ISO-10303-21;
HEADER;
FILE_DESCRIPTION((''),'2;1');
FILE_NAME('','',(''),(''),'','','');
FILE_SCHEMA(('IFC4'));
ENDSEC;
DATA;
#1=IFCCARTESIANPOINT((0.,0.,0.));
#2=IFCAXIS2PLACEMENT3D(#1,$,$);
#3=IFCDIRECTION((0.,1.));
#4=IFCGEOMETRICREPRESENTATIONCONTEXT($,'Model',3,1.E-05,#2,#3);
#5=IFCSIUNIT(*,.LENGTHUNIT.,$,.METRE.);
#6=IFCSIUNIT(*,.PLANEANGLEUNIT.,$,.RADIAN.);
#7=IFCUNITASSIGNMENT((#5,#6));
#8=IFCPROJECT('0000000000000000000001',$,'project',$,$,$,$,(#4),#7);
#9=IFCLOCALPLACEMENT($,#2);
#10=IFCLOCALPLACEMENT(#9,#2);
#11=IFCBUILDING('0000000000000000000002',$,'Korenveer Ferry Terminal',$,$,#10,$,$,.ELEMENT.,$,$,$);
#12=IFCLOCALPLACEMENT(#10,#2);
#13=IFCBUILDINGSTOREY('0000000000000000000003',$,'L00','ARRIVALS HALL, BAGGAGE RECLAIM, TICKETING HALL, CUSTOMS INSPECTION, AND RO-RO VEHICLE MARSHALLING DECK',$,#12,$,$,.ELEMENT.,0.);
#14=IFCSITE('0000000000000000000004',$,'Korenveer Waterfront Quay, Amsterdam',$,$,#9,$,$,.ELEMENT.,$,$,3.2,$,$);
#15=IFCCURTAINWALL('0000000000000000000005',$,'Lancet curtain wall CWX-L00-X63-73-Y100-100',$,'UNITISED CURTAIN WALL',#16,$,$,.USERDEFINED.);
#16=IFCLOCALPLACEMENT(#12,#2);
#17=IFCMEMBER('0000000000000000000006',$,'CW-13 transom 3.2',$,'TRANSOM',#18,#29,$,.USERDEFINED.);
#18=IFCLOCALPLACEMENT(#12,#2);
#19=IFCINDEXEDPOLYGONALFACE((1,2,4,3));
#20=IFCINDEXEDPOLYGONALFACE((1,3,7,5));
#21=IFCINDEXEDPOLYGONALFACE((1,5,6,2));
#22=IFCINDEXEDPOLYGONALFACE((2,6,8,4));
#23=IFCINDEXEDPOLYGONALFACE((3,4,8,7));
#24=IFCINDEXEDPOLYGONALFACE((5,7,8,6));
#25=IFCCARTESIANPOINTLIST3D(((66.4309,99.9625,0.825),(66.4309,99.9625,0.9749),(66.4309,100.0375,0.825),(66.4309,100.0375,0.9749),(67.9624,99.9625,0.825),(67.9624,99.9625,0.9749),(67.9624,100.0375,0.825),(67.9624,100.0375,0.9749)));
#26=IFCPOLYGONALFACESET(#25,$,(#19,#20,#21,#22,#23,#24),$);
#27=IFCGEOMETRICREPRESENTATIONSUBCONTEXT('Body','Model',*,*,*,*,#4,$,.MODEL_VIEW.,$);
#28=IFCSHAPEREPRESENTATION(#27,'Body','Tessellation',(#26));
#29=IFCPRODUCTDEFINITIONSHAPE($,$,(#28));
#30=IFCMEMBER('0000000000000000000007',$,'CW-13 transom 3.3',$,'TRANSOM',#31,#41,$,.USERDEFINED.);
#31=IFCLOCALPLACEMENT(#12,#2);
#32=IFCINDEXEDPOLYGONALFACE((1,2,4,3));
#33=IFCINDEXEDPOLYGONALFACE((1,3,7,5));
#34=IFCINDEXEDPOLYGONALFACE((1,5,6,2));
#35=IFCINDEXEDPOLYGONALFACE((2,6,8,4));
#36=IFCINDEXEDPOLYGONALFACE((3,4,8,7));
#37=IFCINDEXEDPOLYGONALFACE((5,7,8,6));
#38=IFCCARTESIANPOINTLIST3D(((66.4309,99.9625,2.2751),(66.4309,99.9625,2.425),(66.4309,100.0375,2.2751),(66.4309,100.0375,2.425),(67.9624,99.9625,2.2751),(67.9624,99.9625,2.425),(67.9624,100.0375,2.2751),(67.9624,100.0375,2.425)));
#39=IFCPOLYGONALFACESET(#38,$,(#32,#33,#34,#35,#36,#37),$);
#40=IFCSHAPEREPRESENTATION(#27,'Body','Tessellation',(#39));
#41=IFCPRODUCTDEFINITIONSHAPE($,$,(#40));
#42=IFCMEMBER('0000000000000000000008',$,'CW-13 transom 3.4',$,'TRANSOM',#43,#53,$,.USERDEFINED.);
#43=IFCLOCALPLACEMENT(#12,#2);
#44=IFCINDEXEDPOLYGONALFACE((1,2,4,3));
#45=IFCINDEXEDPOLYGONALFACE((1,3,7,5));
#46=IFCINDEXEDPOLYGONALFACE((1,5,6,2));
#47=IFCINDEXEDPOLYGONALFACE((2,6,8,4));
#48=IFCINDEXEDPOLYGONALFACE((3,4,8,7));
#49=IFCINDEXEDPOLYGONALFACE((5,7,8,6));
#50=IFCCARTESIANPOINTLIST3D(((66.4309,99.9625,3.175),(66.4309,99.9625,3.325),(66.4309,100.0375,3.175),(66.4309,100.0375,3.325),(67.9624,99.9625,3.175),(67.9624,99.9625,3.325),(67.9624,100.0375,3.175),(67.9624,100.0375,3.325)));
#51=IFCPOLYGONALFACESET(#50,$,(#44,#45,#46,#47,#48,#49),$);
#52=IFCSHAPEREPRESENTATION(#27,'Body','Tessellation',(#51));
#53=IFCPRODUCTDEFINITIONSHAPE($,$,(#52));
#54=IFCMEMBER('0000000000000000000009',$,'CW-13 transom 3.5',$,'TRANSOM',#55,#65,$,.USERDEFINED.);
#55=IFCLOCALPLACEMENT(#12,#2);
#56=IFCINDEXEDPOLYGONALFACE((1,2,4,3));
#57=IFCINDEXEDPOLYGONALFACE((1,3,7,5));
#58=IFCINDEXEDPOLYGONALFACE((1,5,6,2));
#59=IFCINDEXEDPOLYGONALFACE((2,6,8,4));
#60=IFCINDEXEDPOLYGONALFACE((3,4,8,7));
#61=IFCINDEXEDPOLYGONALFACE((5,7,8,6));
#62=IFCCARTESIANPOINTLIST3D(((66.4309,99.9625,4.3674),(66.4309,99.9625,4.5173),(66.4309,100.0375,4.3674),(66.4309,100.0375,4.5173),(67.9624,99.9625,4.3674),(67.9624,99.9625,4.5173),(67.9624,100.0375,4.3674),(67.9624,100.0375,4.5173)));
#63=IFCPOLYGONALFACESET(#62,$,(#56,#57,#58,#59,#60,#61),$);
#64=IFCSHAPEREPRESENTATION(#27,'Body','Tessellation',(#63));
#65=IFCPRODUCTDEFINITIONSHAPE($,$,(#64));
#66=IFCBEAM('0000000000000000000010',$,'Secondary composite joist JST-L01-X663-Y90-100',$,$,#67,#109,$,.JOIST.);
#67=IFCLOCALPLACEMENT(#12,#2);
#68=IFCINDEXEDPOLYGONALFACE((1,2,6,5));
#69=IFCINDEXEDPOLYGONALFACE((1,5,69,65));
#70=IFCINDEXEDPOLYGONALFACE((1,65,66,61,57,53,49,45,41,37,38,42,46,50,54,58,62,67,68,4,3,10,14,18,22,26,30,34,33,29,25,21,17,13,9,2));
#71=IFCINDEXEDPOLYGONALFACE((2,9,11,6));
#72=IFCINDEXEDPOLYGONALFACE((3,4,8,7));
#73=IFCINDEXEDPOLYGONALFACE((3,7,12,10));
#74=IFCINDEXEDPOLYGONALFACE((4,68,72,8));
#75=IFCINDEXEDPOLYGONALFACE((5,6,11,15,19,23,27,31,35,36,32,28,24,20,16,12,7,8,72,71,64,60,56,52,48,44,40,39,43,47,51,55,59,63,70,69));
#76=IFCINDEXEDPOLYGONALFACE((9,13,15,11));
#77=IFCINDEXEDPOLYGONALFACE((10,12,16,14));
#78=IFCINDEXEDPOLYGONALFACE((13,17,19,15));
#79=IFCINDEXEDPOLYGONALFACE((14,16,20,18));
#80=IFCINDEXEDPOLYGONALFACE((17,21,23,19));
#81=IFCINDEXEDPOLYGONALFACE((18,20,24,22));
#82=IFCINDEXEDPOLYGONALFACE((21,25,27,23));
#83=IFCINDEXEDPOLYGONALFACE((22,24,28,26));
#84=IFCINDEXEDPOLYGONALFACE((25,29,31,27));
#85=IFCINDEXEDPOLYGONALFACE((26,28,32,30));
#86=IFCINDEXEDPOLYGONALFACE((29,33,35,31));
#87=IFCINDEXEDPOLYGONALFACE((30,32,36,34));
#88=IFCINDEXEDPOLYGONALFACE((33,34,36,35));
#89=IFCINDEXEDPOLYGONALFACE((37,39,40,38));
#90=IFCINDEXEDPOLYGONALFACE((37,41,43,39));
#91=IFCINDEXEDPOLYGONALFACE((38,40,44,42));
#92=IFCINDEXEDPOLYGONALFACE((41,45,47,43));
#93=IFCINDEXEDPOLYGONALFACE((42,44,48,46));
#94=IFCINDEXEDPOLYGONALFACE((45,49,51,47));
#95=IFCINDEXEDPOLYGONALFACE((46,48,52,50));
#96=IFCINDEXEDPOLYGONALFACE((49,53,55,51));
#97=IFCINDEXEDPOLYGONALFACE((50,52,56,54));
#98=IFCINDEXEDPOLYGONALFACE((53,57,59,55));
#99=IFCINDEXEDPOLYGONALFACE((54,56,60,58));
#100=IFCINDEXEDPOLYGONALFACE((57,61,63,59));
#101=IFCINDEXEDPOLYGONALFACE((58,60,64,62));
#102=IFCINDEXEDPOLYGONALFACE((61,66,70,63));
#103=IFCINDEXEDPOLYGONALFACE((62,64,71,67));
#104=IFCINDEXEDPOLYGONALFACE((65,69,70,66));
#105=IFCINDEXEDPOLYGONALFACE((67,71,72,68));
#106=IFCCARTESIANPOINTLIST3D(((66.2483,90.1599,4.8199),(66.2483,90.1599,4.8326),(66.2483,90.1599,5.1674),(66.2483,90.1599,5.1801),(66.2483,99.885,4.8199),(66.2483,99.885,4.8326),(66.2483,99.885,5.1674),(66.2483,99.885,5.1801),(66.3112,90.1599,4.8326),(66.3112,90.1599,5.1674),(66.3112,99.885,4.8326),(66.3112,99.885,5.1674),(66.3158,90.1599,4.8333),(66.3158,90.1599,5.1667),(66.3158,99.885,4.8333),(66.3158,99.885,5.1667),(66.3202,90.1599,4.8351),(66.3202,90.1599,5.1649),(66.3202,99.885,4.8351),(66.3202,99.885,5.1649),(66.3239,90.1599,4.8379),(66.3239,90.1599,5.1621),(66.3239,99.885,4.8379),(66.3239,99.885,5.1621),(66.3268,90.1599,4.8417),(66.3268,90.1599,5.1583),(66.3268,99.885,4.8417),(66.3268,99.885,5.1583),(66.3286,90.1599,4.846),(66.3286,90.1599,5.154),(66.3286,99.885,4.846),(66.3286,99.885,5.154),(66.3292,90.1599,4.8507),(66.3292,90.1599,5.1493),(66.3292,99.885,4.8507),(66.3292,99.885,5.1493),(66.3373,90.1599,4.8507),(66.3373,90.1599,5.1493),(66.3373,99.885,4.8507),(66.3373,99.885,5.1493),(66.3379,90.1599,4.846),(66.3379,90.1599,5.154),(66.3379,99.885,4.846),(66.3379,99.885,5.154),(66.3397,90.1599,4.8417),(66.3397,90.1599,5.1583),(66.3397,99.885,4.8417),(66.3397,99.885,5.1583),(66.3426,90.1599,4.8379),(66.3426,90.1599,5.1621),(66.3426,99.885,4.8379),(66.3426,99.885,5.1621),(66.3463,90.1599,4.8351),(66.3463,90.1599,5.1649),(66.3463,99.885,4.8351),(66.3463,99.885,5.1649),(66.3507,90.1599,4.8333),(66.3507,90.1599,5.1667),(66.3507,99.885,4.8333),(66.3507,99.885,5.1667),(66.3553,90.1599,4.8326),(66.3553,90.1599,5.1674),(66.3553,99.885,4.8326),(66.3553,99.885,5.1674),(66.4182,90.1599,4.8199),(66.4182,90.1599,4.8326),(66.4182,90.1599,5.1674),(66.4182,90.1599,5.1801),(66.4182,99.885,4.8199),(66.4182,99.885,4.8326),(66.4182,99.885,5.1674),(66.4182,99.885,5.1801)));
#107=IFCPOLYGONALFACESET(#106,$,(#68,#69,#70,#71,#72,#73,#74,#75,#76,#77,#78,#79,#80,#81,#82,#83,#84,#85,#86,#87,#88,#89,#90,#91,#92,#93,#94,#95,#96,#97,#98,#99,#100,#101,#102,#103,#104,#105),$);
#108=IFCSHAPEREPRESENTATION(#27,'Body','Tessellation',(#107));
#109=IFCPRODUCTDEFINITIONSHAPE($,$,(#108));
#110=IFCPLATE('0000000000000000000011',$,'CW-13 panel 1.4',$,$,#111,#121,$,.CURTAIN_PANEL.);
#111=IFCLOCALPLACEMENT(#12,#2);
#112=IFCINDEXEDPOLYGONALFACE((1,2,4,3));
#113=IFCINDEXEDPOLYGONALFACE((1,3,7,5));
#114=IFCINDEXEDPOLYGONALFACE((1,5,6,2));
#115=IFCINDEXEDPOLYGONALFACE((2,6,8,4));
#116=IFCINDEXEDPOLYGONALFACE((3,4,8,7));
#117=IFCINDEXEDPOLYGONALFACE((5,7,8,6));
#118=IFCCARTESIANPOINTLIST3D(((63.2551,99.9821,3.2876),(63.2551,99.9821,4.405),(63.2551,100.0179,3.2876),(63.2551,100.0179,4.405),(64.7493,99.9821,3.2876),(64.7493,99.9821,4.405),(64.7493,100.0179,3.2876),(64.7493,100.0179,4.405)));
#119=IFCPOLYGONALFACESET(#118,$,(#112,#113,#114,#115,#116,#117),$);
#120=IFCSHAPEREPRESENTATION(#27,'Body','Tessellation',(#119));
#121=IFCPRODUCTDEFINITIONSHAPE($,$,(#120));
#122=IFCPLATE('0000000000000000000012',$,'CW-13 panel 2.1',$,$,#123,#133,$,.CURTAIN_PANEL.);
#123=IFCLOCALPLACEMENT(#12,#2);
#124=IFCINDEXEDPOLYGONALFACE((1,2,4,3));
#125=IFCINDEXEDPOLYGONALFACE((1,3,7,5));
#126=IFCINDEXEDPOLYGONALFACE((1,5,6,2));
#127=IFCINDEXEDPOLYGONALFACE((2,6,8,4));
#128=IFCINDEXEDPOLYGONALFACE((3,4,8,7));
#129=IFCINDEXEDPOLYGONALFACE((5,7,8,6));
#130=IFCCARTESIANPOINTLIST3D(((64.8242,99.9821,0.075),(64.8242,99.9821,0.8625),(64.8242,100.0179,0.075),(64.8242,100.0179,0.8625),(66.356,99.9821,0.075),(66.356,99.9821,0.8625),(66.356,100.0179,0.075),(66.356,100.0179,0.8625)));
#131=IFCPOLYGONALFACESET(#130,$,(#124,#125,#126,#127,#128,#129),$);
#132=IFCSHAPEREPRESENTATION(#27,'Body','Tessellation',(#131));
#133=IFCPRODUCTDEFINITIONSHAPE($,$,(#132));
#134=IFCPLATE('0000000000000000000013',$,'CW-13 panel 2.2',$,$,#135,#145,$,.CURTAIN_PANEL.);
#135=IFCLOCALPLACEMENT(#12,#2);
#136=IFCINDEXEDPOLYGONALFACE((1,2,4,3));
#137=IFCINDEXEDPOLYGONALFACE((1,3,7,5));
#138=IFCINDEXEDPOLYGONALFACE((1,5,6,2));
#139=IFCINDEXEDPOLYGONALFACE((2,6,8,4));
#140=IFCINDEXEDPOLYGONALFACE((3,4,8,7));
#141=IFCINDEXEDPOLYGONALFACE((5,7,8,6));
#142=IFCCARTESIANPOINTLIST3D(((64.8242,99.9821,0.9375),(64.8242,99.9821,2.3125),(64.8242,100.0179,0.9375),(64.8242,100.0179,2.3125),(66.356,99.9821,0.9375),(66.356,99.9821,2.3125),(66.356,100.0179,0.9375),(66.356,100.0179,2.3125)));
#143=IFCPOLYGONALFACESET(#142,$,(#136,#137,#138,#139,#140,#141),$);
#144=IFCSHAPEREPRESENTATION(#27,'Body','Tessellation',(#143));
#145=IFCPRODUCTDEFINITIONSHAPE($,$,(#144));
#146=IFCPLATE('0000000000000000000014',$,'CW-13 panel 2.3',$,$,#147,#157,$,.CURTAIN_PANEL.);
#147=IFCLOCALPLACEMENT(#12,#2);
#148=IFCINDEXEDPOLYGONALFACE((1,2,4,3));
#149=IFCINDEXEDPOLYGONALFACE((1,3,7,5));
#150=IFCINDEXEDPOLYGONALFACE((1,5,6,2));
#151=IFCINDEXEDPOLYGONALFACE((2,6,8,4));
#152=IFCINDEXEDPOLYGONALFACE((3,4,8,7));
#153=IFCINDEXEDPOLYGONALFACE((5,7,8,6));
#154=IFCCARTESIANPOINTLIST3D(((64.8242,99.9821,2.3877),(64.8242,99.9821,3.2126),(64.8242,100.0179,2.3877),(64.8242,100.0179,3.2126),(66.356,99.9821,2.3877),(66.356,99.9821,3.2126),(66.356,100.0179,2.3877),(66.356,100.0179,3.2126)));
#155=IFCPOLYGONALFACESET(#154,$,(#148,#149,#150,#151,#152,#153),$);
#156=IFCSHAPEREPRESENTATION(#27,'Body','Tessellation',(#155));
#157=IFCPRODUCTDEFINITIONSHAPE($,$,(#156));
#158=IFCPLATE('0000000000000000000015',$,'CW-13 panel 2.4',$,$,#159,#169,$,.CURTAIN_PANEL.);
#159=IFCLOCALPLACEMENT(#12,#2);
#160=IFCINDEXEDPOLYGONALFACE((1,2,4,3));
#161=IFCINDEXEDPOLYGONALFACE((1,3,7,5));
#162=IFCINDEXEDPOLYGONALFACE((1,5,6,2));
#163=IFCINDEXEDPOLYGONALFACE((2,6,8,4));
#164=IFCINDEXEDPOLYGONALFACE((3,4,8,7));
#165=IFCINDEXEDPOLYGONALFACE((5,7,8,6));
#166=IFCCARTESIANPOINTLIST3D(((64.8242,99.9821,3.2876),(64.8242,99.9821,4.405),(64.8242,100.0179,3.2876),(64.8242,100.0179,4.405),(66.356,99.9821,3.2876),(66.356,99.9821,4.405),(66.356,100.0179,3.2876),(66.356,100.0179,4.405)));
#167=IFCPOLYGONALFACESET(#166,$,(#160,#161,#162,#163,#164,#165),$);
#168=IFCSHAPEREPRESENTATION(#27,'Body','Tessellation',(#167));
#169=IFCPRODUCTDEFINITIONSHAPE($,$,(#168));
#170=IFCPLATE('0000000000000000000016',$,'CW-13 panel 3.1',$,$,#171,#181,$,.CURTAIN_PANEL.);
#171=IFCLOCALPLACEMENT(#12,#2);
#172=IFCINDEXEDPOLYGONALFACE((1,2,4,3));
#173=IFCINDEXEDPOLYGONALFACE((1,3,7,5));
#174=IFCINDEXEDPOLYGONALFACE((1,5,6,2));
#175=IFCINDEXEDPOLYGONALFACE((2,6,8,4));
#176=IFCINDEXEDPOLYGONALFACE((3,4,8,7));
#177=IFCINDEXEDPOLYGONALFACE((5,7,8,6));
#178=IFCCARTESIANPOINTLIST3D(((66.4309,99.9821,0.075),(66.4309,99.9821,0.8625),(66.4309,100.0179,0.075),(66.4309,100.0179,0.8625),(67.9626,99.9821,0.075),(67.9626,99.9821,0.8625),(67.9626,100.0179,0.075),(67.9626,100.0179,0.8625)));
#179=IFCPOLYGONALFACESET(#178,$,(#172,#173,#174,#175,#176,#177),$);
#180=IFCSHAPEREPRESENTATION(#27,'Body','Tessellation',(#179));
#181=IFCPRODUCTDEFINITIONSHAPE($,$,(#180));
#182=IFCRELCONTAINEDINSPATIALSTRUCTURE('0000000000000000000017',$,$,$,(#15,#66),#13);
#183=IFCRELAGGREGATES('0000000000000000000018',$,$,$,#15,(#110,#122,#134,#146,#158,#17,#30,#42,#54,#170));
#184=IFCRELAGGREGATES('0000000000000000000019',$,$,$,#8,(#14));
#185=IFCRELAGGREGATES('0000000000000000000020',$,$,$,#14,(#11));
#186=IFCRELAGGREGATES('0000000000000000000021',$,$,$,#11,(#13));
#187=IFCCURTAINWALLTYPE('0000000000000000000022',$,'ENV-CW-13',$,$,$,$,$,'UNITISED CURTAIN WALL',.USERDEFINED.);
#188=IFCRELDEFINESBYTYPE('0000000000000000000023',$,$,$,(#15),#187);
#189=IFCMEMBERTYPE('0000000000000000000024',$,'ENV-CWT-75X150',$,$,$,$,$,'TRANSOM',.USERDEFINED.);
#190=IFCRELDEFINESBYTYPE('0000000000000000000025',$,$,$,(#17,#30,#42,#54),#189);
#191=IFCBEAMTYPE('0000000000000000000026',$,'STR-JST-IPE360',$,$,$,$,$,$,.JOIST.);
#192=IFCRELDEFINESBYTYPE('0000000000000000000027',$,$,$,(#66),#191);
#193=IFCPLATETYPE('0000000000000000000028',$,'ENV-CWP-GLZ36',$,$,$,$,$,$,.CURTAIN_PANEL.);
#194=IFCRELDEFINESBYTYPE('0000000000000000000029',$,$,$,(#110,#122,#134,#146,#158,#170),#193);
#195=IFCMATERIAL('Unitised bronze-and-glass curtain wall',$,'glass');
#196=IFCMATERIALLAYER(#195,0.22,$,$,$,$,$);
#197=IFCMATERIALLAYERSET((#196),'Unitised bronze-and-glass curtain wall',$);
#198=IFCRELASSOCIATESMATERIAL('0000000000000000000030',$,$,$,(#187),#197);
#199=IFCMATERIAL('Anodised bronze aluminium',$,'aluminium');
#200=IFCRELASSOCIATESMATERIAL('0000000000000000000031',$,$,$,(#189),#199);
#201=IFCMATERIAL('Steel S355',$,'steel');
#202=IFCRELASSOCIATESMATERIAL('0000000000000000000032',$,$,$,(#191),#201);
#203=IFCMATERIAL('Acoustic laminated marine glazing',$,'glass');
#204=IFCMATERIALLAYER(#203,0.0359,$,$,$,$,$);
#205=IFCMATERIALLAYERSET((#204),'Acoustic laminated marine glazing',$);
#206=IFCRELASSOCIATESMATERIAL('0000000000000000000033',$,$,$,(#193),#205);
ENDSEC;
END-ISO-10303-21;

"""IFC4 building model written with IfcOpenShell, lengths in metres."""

from ifc_helpers import new_model, si_unit, direction, frame, origin, origin_2d, place, context, subcontext, project, spatial, rectangle, i_section, extrude, material, layer, layer_set, material_profile, profile_set, type_object, element, aggregate, save


model = new_model("IFC4")

# Units and contexts
model_context = context("Model", 3, precision=1e-05, world=origin(), true_north=direction((0.0, 1.0)))
body_context = subcontext(model_context, "Body", "Model", "MODEL_VIEW")
ifc_project = project(units=[si_unit("LENGTHUNIT", "METRE"), si_unit("PLANEANGLEUNIT", "RADIAN")], contexts=[model_context])

# Site, building, storey
site_placement = place(None, origin())
site = spatial("IfcSite", under=ifc_project, at=site_placement, Name="Korenveer Waterfront Quay, Amsterdam", CompositionType="ELEMENT", RefElevation=3.2)
building_placement = place(site_placement, origin())
building = spatial("IfcBuilding", under=site, at=building_placement, Name="Korenveer Ferry Terminal", CompositionType="ELEMENT")
storey_placement = place(building_placement, origin())
storey = spatial("IfcBuildingStorey", under=building, at=storey_placement, Name="L00", Description="ARRIVALS HALL, BAGGAGE RECLAIM, TICKETING HALL, CUSTOMS INSPECTION, AND RO-RO VEHICLE MARSHALLING DECK", CompositionType="ELEMENT", Elevation=0.0)

# Curtain wall, members
ifc_material_1 = material(Name="Unitised bronze-and-glass curtain wall", Category="glass")
ifc_layer_1 = layer(ifc_material_1, 0.22)
ifc_layer_set_1 = layer_set([ifc_layer_1], Name="Unitised bronze-and-glass curtain wall")
curtain_wall_type = type_object("IfcCurtainWallType", Name="ENV-CW-13", ElementType="UNITISED CURTAIN WALL", PredefinedType="USERDEFINED", material=ifc_layer_set_1)
curtain_wall_placement = place(storey_placement, frame((63.1799, 100.0, 0.0)))
curtain_wall = element("IfcCurtainWall", 1, at=curtain_wall_placement, inside=storey, type_object=curtain_wall_type, Name="Lancet curtain wall CWX-L00-X63-73-Y100-100", ObjectType="UNITISED CURTAIN WALL", PredefinedType="USERDEFINED")
ifc_material_2 = material(Name="Anodised bronze aluminium", Category="aluminium")
ifc_material_profile_1 = material_profile(ifc_material_2, rectangle(XDim=0.075, YDim=0.1499, at=origin_2d()), Name="ALU 75x150")
ifc_profile_set_1 = profile_set([ifc_material_profile_1], Name="Anodised bronze aluminium")
member_type_1 = type_object("IfcMemberType", Name="ENV-CWT-75X150", ElementType="TRANSOM", PredefinedType="USERDEFINED", material=ifc_profile_set_1)
member_1_placement = place(storey_placement, frame((66.4309, 100.0, 0.8999), z_axis=(1.0, 0.0, 0.0), x_axis=(0.0, 1.0, 0.0)))
member_1 = element("IfcMember", 2, at=member_1_placement, type_object=member_type_1, Name="CW-13 transom 3.2", ObjectType="TRANSOM", PredefinedType="USERDEFINED", context=body_context, shape_type="SweptSolid", body=[
    extrude(rectangle(XDim=0.075, YDim=0.1499, at=origin_2d()), origin(), (0.0, 0.0, 1.0), 1.5315),
])
member_2_placement = place(storey_placement, frame((66.4309, 100.0, 2.3501), z_axis=(1.0, 0.0, 0.0), x_axis=(0.0, 1.0, 0.0)))
member_2 = element("IfcMember", 3, at=member_2_placement, type_object=member_type_1, Name="CW-13 transom 3.3", ObjectType="TRANSOM", PredefinedType="USERDEFINED", context=body_context, shape_type="SweptSolid", body=[
    extrude(rectangle(XDim=0.075, YDim=0.1499, at=origin_2d()), origin(), (0.0, 0.0, 1.0), 1.5315),
])
member_3_placement = place(storey_placement, frame((66.4309, 100.0, 3.25), z_axis=(1.0, 0.0, 0.0), x_axis=(0.0, 1.0, 0.0)))
member_3 = element("IfcMember", 4, at=member_3_placement, type_object=member_type_1, Name="CW-13 transom 3.4", ObjectType="TRANSOM", PredefinedType="USERDEFINED", context=body_context, shape_type="SweptSolid", body=[
    extrude(rectangle(XDim=0.075, YDim=0.1499, at=origin_2d()), origin(), (0.0, 0.0, 1.0), 1.5315),
])
member_4_placement = place(storey_placement, frame((66.4309, 100.0, 4.4424), z_axis=(1.0, 0.0, 0.0), x_axis=(0.0, 1.0, 0.0)))
member_4 = element("IfcMember", 5, at=member_4_placement, type_object=member_type_1, Name="CW-13 transom 3.5", ObjectType="TRANSOM", PredefinedType="USERDEFINED", context=body_context, shape_type="SweptSolid", body=[
    extrude(rectangle(XDim=0.075, YDim=0.1499, at=origin_2d()), origin(), (0.0, 0.0, 1.0), 1.5315),
])

# Beam
ifc_material_3 = material(Name="Steel S355", Category="steel")
ifc_material_profile_2 = material_profile(ifc_material_3, i_section(OverallWidth=0.1699, OverallDepth=0.3601, WebThickness=0.0081, FlangeThickness=0.0127, FilletRadius=0.0181, at=origin_2d()), Name="IPE 360")
ifc_profile_set_2 = profile_set([ifc_material_profile_2], Name="Steel S355")
beam_type = type_object("IfcBeamType", Name="STR-JST-IPE360", PredefinedType="JOIST", material=ifc_profile_set_2)
beam_placement = place(storey_placement, frame((66.3333, 90.1599, 5.0), z_axis=(0.0, 1.0, 0.0), x_axis=(-1.0, 0.0, 0.0)))
element("IfcBeam", 6, at=beam_placement, inside=storey, type_object=beam_type, Name="Secondary composite joist JST-L01-X663-Y90-100", PredefinedType="JOIST", context=body_context, shape_type="SweptSolid", body=[
    extrude(i_section(OverallWidth=0.1699, OverallDepth=0.3601, WebThickness=0.0081, FlangeThickness=0.0127, FilletRadius=0.0181, at=origin_2d()), origin(), (0.0, 0.0, 1.0), 9.7251),
])

# Plates
ifc_material_4 = material(Name="Acoustic laminated marine glazing", Category="glass")
ifc_layer_2 = layer(ifc_material_4, 0.0359)
ifc_layer_set_2 = layer_set([ifc_layer_2], Name="Acoustic laminated marine glazing")
plate_type = type_object("IfcPlateType", Name="ENV-CWP-GLZ36", PredefinedType="CURTAIN_PANEL", material=ifc_layer_set_2)
plate_1_placement = place(storey_placement, frame((64.0022, 100.0, 3.2876), z_axis=(0.0, 0.0, 1.0), x_axis=(1.0, 0.0, 0.0)))
plate_1 = element("IfcPlate", 7, at=plate_1_placement, type_object=plate_type, Name="CW-13 panel 1.4", PredefinedType="CURTAIN_PANEL", context=body_context, shape_type="SweptSolid", body=[
    extrude(rectangle(XDim=1.4941, YDim=0.0359, at=origin_2d()), origin(), (0.0, 0.0, 1.0), 1.1174),
])
plate_2_placement = place(storey_placement, frame((65.5901, 100.0, 0.075), z_axis=(0.0, 0.0, 1.0), x_axis=(1.0, 0.0, 0.0)))
plate_2 = element("IfcPlate", 8, at=plate_2_placement, type_object=plate_type, Name="CW-13 panel 2.1", PredefinedType="CURTAIN_PANEL", context=body_context, shape_type="SweptSolid", body=[
    extrude(rectangle(XDim=1.5317, YDim=0.0359, at=origin_2d()), origin(), (0.0, 0.0, 1.0), 0.7876),
])
plate_3_placement = place(storey_placement, frame((65.5901, 100.0, 0.9375), z_axis=(0.0, 0.0, 1.0), x_axis=(1.0, 0.0, 0.0)))
plate_3 = element("IfcPlate", 9, at=plate_3_placement, type_object=plate_type, Name="CW-13 panel 2.2", PredefinedType="CURTAIN_PANEL", context=body_context, shape_type="SweptSolid", body=[
    extrude(rectangle(XDim=1.5317, YDim=0.0359, at=origin_2d()), origin(), (0.0, 0.0, 1.0), 1.375),
])
plate_4_placement = place(storey_placement, frame((65.5901, 100.0, 2.3877), z_axis=(0.0, 0.0, 1.0), x_axis=(1.0, 0.0, 0.0)))
plate_4 = element("IfcPlate", 10, at=plate_4_placement, type_object=plate_type, Name="CW-13 panel 2.3", PredefinedType="CURTAIN_PANEL", context=body_context, shape_type="SweptSolid", body=[
    extrude(rectangle(XDim=1.5317, YDim=0.0359, at=origin_2d()), origin(), (0.0, 0.0, 1.0), 0.825),
])
plate_5_placement = place(storey_placement, frame((65.5901, 100.0, 3.2876), z_axis=(0.0, 0.0, 1.0), x_axis=(1.0, 0.0, 0.0)))
plate_5 = element("IfcPlate", 11, at=plate_5_placement, type_object=plate_type, Name="CW-13 panel 2.4", PredefinedType="CURTAIN_PANEL", context=body_context, shape_type="SweptSolid", body=[
    extrude(rectangle(XDim=1.5317, YDim=0.0359, at=origin_2d()), origin(), (0.0, 0.0, 1.0), 1.1174),
])
plate_6_placement = place(storey_placement, frame((67.1968, 100.0, 0.075), z_axis=(0.0, 0.0, 1.0), x_axis=(1.0, 0.0, 0.0)))
plate_6 = element("IfcPlate", 12, at=plate_6_placement, type_object=plate_type, Name="CW-13 panel 3.1", PredefinedType="CURTAIN_PANEL", context=body_context, shape_type="SweptSolid", body=[
    extrude(rectangle(XDim=1.5317, YDim=0.0359, at=origin_2d()), origin(), (0.0, 0.0, 1.0), 0.7876),
])
aggregate(curtain_wall, [plate_1, plate_2, plate_3, plate_4, plate_5, member_1, member_2, member_3, member_4, plate_6])

save(model, "model.ifc")
